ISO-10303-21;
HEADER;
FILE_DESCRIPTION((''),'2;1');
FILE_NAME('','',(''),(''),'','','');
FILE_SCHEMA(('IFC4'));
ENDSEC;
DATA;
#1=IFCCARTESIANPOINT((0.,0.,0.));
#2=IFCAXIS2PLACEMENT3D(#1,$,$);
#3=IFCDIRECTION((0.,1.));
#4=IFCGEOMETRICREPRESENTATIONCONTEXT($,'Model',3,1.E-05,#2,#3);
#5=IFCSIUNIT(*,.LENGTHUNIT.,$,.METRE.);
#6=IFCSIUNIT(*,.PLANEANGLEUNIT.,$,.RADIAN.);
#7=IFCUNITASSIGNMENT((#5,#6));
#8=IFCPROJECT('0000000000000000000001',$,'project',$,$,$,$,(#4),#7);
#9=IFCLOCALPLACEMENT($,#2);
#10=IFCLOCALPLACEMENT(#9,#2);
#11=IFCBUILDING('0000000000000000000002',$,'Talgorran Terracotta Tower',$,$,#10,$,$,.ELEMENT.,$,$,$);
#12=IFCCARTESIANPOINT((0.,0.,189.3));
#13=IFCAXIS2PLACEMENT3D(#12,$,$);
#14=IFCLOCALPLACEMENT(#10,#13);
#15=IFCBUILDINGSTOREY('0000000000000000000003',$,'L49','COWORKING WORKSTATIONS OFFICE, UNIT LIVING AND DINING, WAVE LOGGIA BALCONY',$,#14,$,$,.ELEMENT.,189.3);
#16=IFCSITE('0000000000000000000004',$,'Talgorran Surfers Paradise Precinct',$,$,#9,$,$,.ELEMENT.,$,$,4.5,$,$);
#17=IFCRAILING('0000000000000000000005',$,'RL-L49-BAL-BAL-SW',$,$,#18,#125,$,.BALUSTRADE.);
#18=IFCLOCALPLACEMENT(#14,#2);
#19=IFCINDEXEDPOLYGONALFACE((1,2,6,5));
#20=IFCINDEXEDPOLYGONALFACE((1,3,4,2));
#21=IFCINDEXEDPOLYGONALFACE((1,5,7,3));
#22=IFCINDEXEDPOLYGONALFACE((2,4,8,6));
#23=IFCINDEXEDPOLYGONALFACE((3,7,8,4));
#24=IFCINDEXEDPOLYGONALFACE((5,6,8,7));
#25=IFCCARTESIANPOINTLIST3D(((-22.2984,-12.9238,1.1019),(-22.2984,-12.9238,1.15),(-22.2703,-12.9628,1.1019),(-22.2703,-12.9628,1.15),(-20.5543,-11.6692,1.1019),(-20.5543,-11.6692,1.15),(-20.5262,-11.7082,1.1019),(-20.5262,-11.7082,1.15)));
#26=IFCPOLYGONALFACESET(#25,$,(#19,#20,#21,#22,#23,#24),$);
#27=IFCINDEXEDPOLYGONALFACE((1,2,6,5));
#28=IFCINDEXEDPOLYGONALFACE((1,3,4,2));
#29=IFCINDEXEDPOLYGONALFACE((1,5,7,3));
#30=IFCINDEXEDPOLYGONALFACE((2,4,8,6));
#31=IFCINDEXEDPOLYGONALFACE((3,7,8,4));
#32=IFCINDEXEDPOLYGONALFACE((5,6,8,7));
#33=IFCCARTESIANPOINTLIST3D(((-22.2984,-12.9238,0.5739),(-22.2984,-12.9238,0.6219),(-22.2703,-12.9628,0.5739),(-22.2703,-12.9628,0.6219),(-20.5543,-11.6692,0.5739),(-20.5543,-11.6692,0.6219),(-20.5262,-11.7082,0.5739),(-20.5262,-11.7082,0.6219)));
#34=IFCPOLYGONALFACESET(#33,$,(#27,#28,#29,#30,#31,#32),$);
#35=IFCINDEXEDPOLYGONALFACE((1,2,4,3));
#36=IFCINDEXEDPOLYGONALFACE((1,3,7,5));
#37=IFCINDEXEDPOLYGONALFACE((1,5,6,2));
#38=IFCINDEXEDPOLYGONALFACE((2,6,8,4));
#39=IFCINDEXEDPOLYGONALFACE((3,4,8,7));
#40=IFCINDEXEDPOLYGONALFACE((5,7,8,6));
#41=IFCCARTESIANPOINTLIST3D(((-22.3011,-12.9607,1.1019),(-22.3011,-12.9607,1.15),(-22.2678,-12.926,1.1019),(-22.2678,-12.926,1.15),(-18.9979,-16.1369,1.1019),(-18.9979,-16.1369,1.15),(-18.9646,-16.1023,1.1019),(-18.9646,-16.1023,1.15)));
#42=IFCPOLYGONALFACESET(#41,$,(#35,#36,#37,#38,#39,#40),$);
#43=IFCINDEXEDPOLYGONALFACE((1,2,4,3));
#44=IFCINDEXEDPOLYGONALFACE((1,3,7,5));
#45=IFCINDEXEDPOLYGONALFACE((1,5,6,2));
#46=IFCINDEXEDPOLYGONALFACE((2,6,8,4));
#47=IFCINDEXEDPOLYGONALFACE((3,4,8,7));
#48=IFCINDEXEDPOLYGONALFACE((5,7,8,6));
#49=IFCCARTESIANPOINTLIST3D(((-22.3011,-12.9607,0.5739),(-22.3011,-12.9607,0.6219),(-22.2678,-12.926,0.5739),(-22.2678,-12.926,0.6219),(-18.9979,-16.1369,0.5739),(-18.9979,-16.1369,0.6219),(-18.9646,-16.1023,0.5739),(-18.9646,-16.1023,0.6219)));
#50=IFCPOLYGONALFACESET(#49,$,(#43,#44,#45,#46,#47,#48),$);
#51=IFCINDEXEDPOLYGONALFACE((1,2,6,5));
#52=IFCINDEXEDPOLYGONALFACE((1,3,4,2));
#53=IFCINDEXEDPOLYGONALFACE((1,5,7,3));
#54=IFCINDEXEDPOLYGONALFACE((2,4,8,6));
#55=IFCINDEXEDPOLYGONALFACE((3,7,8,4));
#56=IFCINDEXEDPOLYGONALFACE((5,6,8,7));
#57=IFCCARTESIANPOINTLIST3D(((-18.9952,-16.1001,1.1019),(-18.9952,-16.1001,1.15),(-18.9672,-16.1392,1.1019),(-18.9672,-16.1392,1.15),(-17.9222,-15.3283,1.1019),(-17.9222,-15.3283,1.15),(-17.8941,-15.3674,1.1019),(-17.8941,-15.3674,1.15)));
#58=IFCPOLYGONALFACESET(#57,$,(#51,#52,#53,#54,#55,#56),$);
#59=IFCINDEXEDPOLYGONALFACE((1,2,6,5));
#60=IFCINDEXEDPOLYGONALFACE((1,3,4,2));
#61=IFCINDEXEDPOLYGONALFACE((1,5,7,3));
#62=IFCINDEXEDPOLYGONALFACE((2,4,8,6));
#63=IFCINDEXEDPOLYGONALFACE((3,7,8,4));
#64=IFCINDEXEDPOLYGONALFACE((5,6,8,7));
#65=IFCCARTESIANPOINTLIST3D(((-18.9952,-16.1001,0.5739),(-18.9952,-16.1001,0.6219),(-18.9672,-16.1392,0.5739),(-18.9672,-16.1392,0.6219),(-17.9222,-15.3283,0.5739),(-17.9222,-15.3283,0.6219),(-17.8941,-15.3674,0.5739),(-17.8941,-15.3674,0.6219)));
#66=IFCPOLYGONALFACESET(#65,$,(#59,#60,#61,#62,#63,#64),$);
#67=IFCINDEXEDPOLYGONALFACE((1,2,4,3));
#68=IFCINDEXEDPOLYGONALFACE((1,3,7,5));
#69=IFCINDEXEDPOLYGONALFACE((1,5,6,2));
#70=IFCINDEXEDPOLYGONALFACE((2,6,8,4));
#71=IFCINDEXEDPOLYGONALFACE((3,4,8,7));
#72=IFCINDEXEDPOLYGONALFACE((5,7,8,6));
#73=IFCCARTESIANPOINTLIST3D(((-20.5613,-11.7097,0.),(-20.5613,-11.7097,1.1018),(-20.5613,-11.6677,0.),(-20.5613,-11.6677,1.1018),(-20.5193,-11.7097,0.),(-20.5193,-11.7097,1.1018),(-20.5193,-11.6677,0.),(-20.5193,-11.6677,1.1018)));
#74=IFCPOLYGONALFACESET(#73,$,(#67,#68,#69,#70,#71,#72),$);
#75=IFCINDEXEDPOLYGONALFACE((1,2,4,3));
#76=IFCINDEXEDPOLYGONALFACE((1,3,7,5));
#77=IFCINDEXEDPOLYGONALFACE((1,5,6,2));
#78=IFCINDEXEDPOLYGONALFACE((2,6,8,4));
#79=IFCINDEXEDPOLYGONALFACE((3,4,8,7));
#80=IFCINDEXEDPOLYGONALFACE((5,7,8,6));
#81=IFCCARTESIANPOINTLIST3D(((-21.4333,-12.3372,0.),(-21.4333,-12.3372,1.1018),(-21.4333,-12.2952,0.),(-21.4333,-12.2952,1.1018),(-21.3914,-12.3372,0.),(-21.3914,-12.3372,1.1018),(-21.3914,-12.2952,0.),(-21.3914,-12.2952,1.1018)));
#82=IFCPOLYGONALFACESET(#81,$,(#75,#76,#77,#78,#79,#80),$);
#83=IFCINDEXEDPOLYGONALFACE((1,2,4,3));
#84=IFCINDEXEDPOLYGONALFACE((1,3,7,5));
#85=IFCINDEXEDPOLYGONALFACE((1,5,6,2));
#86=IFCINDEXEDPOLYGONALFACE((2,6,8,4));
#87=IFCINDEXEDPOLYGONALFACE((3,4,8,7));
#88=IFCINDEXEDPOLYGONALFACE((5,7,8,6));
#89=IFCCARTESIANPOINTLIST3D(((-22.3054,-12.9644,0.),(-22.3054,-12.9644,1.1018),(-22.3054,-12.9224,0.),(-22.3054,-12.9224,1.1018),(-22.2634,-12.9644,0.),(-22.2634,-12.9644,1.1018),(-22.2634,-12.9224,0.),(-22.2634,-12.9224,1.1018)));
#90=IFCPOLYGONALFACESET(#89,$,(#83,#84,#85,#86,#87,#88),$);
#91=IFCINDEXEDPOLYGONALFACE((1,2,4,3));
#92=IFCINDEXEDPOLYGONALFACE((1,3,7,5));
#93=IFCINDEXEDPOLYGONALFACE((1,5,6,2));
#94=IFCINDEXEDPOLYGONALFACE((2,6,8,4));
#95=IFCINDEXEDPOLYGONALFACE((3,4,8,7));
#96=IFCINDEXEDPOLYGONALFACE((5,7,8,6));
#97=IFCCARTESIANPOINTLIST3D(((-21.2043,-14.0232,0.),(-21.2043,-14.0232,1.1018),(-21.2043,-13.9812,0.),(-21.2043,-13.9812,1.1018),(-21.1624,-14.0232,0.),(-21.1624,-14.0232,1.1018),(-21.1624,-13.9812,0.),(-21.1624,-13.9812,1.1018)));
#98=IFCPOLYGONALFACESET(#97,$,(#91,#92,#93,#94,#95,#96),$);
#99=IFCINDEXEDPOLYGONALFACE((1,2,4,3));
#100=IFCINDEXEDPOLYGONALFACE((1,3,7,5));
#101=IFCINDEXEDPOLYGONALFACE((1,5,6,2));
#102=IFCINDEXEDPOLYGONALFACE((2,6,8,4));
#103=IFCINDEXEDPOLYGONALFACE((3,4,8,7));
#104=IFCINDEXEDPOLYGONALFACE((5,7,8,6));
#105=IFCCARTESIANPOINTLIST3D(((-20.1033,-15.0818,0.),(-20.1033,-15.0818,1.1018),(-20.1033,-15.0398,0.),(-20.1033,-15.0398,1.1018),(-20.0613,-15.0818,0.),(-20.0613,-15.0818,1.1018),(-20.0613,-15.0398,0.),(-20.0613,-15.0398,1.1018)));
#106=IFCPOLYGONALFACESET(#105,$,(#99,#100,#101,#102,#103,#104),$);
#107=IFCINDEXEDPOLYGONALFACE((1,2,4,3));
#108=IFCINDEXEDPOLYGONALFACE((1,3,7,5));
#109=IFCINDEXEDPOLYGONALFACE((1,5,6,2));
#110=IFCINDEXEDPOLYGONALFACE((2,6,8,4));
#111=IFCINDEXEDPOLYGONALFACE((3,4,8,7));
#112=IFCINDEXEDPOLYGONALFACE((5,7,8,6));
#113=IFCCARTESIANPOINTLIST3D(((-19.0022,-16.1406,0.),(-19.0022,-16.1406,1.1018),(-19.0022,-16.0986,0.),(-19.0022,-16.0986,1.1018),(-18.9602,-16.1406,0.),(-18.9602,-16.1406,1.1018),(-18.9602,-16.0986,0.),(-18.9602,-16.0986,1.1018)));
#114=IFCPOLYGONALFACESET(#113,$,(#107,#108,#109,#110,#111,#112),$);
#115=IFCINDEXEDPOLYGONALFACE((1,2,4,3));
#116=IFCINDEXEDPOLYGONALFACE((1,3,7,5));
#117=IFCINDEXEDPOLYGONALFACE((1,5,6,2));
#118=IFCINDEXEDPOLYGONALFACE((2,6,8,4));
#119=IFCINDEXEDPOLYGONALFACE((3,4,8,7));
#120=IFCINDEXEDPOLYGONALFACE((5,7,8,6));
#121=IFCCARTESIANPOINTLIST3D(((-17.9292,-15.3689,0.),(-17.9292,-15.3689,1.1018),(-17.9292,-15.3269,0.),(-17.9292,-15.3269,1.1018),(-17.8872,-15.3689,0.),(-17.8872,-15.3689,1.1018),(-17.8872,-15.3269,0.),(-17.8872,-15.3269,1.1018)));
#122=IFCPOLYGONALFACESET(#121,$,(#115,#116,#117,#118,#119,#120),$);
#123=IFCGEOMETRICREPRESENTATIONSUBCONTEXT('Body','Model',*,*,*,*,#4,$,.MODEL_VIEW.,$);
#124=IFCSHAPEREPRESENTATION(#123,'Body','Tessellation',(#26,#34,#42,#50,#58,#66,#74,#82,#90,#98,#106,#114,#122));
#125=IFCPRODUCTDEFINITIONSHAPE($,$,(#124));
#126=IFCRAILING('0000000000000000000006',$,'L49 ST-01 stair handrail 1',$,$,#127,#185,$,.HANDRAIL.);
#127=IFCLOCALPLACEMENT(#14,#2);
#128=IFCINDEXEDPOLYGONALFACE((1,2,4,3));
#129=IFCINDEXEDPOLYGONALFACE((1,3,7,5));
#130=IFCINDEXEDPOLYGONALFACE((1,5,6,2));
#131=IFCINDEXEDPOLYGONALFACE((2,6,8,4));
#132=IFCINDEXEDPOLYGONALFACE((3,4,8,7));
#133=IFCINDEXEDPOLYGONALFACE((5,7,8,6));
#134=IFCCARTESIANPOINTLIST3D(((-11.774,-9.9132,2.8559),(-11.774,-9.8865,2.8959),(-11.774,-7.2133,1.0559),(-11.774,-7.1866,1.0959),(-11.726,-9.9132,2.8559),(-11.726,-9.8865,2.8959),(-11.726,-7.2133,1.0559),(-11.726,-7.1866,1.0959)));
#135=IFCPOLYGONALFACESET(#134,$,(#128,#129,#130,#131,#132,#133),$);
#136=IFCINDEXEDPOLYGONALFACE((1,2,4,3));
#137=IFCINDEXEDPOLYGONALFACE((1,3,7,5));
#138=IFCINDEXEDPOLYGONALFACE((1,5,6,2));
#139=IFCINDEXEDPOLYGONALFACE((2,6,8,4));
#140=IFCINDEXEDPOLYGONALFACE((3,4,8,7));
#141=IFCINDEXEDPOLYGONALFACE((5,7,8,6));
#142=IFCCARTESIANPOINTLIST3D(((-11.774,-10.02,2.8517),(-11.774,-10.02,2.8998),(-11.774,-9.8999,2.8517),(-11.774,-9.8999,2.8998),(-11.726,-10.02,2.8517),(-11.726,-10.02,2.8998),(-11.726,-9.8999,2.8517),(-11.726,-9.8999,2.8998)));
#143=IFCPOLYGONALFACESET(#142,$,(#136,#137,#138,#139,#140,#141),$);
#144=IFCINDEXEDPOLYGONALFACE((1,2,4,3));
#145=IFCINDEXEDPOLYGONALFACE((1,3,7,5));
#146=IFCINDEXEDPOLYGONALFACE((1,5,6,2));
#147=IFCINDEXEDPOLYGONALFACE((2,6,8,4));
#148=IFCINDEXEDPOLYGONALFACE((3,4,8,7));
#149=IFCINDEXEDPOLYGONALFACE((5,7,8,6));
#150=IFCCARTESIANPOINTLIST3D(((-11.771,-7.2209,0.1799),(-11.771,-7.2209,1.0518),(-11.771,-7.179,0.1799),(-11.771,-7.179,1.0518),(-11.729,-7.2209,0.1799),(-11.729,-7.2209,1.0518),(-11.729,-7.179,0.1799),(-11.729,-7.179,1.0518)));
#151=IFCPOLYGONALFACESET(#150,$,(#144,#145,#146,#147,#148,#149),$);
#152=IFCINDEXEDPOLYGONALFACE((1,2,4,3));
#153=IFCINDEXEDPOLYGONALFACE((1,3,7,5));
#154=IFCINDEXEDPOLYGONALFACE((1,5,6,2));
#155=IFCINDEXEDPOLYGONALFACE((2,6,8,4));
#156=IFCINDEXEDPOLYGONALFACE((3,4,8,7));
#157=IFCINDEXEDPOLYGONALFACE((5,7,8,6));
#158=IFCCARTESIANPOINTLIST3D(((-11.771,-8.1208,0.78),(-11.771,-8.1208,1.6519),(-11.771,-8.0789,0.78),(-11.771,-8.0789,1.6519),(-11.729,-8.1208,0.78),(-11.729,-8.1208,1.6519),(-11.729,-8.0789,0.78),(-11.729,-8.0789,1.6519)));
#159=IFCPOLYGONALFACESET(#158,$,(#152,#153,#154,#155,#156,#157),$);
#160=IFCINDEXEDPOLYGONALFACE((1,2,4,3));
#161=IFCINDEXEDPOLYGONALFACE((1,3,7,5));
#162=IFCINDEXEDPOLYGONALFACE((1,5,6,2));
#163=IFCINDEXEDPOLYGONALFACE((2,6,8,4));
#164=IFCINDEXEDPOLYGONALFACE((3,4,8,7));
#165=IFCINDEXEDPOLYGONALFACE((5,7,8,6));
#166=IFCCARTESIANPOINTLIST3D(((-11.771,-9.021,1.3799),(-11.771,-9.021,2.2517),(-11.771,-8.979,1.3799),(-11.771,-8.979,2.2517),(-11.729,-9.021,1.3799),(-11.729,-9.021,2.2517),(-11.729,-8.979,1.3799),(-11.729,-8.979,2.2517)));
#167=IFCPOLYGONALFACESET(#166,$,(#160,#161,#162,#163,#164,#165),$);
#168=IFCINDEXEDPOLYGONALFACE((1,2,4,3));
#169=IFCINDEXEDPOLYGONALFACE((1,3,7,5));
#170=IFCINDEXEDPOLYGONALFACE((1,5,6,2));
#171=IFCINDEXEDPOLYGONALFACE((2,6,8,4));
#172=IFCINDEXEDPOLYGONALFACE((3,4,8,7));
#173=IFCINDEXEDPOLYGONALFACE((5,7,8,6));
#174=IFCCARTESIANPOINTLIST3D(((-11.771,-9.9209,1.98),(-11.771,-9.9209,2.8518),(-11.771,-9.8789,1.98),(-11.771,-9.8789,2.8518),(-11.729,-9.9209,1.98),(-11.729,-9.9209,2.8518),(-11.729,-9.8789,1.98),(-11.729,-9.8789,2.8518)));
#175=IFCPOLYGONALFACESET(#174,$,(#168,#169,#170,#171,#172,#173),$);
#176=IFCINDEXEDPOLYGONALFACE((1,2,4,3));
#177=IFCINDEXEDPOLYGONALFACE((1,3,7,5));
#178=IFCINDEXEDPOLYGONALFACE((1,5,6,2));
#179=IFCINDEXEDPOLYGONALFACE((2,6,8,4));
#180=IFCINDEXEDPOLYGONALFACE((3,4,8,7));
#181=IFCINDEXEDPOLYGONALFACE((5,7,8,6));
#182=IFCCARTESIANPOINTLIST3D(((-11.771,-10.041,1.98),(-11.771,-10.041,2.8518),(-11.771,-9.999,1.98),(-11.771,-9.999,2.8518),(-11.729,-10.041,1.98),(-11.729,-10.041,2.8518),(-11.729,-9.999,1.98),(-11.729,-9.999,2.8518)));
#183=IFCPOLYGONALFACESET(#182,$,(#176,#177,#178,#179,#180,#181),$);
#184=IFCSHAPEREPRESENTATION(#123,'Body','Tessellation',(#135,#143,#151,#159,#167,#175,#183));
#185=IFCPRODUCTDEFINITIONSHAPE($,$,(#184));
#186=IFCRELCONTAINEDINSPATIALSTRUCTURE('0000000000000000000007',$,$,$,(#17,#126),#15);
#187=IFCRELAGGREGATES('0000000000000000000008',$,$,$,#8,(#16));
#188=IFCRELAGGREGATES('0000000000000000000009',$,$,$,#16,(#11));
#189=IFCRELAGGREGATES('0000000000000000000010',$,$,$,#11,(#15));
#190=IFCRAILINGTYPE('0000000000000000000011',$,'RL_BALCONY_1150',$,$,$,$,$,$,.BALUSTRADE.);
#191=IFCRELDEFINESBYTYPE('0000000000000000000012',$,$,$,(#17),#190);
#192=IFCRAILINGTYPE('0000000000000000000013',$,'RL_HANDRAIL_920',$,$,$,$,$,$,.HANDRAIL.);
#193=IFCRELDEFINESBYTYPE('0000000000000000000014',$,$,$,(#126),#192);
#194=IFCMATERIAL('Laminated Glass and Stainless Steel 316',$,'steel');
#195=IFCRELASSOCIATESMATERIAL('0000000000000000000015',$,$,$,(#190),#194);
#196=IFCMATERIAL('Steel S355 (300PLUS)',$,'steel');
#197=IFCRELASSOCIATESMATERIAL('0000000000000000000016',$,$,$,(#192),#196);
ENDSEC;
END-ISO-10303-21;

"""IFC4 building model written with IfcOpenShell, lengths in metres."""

from ifc_helpers import new_model, si_unit, direction, frame, origin, origin_2d, place, context, subcontext, project, spatial, rectangle, extrude, material, type_object, element, save


model = new_model("IFC4")

# Units and contexts
model_context = context("Model", 3, precision=1e-05, world=origin(), true_north=direction((0.0, 1.0)))
body_context = subcontext(model_context, "Body", "Model", "MODEL_VIEW")
ifc_project = project(units=[si_unit("LENGTHUNIT", "METRE"), si_unit("PLANEANGLEUNIT", "RADIAN")], contexts=[model_context])

# Site, building, storey
site_placement = place(None, origin())
site = spatial("IfcSite", under=ifc_project, at=site_placement, Name="Talgorran Surfers Paradise Precinct", CompositionType="ELEMENT", RefElevation=4.5)
building_placement = place(site_placement, origin())
building = spatial("IfcBuilding", under=site, at=building_placement, Name="Talgorran Terracotta Tower", CompositionType="ELEMENT")
storey_placement = place(building_placement, frame((0.0, 0.0, 189.3)))
storey = spatial("IfcBuildingStorey", under=building, at=storey_placement, Name="L49", Description="COWORKING WORKSTATIONS OFFICE, UNIT LIVING AND DINING, WAVE LOGGIA BALCONY", CompositionType="ELEMENT", Elevation=189.3)

# Shared definitions
ifc_material_1 = material(Name="Steel S355 (300PLUS)", Category="steel")

# Railings
ifc_material_2 = material(Name="Laminated Glass and Stainless Steel 316", Category="steel")
railing_type_1 = type_object("IfcRailingType", Name="RL_BALCONY_1150", PredefinedType="BALUSTRADE", material=ifc_material_2)
railing_1_placement = place(storey_placement, frame((-20.5403, -11.6887, 0.0)))
element("IfcRailing", 1, at=railing_1_placement, inside=storey, type_object=railing_type_1, Name="RL-L49-BAL-BAL-SW", PredefinedType="BALUSTRADE", context=body_context, shape_type="SweptSolid", body=[
    extrude(rectangle(XDim=0.0481, YDim=0.0481, at=origin_2d()), frame((0.0, 0.0, 1.126), z_axis=(-0.811786, -0.583954, 0.0), x_axis=(0.583954, -0.811786, 0.0)), (0.0, 0.0, 1.0), 2.1484),
    extrude(rectangle(XDim=0.0481, YDim=0.0481, at=origin_2d()), frame((0.0, 0.0, 0.5979), z_axis=(-0.811786, -0.583954, 0.0), x_axis=(0.583954, -0.811786, 0.0)), (0.0, 0.0, 1.0), 2.1484),
    extrude(rectangle(XDim=0.0481, YDim=0.0481, at=origin_2d()), frame((-1.7441, -1.2546, 1.126), z_axis=(0.720823, -0.693119, 0.0), x_axis=(0.693119, 0.720823, 0.0)), (0.0, 0.0, 1.0), 4.5825),
    extrude(rectangle(XDim=0.0481, YDim=0.0481, at=origin_2d()), frame((-1.7441, -1.2546, 0.5979), z_axis=(0.720823, -0.693119, 0.0), x_axis=(0.693119, 0.720823, 0.0)), (0.0, 0.0, 1.0), 4.5825),
    extrude(rectangle(XDim=0.0481, YDim=0.0481, at=origin_2d()), frame((1.5591, -4.4309, 1.126), z_axis=(0.811832, 0.583891, 0.0), x_axis=(-0.583891, 0.811832, 0.0)), (0.0, 0.0, 1.0), 1.3218),
    extrude(rectangle(XDim=0.0481, YDim=0.0481, at=origin_2d()), frame((1.5591, -4.4309, 0.5979), z_axis=(0.811832, 0.583891, 0.0), x_axis=(-0.583891, 0.811832, 0.0)), (0.0, 0.0, 1.0), 1.3218),
    extrude(rectangle(XDim=0.042, YDim=0.042, at=origin_2d()), origin(), (0.0, 0.0, 1.0), 1.1018),
    extrude(rectangle(XDim=0.042, YDim=0.042, at=origin_2d()), frame((-0.8721, -0.6274, 0.0)), (0.0, 0.0, 1.0), 1.1018),
    extrude(rectangle(XDim=0.042, YDim=0.042, at=origin_2d()), frame((-1.7441, -1.2546, 0.0)), (0.0, 0.0, 1.0), 1.1018),
    extrude(rectangle(XDim=0.042, YDim=0.042, at=origin_2d()), frame((-0.6431, -2.3135, 0.0)), (0.0, 0.0, 1.0), 1.1018),
    extrude(rectangle(XDim=0.042, YDim=0.042, at=origin_2d()), frame((0.458, -3.3721, 0.0)), (0.0, 0.0, 1.0), 1.1018),
    extrude(rectangle(XDim=0.042, YDim=0.042, at=origin_2d()), frame((1.5591, -4.4309, 0.0)), (0.0, 0.0, 1.0), 1.1018),
    extrude(rectangle(XDim=0.042, YDim=0.042, at=origin_2d()), frame((2.6321, -3.6592, 0.0)), (0.0, 0.0, 1.0), 1.1018),
])
railing_type_2 = type_object("IfcRailingType", Name="RL_HANDRAIL_920", PredefinedType="HANDRAIL", material=ifc_material_1)
railing_2_placement = place(storey_placement, frame((-11.75, -7.2, 0.1799)))
element("IfcRailing", 2, at=railing_2_placement, inside=storey, type_object=railing_type_2, Name="L49 ST-01 stair handrail 1", PredefinedType="HANDRAIL", context=body_context, shape_type="SweptSolid", body=[
    extrude(rectangle(XDim=0.0481, YDim=0.0481, at=origin_2d()), frame((0.0, 0.0, 0.896), z_axis=(0.0, -0.832039, 0.554718), x_axis=(1.0, 0.0, 0.0)), (0.0, 0.0, 1.0), 3.2449),
    extrude(rectangle(XDim=0.0481, YDim=0.0481, at=origin_2d()), frame((0.0, -2.7, 2.6958), z_axis=(0.0, -1.0, 0.0), x_axis=(1.0, 0.0, 0.0)), (0.0, 0.0, 1.0), 0.1201),
    extrude(rectangle(XDim=0.042, YDim=0.042, at=origin_2d()), origin(), (0.0, 0.0, 1.0), 0.8718),
    extrude(rectangle(XDim=0.042, YDim=0.042, at=origin_2d()), frame((0.0, -0.8999, 0.6001)), (0.0, 0.0, 1.0), 0.8718),
    extrude(rectangle(XDim=0.042, YDim=0.042, at=origin_2d()), frame((0.0, -1.8, 1.2)), (0.0, 0.0, 1.0), 0.8718),
    extrude(rectangle(XDim=0.042, YDim=0.042, at=origin_2d()), frame((0.0, -2.7, 1.8)), (0.0, 0.0, 1.0), 0.8718),
    extrude(rectangle(XDim=0.042, YDim=0.042, at=origin_2d()), frame((0.0, -2.8201, 1.8)), (0.0, 0.0, 1.0), 0.8718),
])

save(model, "model.ifc")
